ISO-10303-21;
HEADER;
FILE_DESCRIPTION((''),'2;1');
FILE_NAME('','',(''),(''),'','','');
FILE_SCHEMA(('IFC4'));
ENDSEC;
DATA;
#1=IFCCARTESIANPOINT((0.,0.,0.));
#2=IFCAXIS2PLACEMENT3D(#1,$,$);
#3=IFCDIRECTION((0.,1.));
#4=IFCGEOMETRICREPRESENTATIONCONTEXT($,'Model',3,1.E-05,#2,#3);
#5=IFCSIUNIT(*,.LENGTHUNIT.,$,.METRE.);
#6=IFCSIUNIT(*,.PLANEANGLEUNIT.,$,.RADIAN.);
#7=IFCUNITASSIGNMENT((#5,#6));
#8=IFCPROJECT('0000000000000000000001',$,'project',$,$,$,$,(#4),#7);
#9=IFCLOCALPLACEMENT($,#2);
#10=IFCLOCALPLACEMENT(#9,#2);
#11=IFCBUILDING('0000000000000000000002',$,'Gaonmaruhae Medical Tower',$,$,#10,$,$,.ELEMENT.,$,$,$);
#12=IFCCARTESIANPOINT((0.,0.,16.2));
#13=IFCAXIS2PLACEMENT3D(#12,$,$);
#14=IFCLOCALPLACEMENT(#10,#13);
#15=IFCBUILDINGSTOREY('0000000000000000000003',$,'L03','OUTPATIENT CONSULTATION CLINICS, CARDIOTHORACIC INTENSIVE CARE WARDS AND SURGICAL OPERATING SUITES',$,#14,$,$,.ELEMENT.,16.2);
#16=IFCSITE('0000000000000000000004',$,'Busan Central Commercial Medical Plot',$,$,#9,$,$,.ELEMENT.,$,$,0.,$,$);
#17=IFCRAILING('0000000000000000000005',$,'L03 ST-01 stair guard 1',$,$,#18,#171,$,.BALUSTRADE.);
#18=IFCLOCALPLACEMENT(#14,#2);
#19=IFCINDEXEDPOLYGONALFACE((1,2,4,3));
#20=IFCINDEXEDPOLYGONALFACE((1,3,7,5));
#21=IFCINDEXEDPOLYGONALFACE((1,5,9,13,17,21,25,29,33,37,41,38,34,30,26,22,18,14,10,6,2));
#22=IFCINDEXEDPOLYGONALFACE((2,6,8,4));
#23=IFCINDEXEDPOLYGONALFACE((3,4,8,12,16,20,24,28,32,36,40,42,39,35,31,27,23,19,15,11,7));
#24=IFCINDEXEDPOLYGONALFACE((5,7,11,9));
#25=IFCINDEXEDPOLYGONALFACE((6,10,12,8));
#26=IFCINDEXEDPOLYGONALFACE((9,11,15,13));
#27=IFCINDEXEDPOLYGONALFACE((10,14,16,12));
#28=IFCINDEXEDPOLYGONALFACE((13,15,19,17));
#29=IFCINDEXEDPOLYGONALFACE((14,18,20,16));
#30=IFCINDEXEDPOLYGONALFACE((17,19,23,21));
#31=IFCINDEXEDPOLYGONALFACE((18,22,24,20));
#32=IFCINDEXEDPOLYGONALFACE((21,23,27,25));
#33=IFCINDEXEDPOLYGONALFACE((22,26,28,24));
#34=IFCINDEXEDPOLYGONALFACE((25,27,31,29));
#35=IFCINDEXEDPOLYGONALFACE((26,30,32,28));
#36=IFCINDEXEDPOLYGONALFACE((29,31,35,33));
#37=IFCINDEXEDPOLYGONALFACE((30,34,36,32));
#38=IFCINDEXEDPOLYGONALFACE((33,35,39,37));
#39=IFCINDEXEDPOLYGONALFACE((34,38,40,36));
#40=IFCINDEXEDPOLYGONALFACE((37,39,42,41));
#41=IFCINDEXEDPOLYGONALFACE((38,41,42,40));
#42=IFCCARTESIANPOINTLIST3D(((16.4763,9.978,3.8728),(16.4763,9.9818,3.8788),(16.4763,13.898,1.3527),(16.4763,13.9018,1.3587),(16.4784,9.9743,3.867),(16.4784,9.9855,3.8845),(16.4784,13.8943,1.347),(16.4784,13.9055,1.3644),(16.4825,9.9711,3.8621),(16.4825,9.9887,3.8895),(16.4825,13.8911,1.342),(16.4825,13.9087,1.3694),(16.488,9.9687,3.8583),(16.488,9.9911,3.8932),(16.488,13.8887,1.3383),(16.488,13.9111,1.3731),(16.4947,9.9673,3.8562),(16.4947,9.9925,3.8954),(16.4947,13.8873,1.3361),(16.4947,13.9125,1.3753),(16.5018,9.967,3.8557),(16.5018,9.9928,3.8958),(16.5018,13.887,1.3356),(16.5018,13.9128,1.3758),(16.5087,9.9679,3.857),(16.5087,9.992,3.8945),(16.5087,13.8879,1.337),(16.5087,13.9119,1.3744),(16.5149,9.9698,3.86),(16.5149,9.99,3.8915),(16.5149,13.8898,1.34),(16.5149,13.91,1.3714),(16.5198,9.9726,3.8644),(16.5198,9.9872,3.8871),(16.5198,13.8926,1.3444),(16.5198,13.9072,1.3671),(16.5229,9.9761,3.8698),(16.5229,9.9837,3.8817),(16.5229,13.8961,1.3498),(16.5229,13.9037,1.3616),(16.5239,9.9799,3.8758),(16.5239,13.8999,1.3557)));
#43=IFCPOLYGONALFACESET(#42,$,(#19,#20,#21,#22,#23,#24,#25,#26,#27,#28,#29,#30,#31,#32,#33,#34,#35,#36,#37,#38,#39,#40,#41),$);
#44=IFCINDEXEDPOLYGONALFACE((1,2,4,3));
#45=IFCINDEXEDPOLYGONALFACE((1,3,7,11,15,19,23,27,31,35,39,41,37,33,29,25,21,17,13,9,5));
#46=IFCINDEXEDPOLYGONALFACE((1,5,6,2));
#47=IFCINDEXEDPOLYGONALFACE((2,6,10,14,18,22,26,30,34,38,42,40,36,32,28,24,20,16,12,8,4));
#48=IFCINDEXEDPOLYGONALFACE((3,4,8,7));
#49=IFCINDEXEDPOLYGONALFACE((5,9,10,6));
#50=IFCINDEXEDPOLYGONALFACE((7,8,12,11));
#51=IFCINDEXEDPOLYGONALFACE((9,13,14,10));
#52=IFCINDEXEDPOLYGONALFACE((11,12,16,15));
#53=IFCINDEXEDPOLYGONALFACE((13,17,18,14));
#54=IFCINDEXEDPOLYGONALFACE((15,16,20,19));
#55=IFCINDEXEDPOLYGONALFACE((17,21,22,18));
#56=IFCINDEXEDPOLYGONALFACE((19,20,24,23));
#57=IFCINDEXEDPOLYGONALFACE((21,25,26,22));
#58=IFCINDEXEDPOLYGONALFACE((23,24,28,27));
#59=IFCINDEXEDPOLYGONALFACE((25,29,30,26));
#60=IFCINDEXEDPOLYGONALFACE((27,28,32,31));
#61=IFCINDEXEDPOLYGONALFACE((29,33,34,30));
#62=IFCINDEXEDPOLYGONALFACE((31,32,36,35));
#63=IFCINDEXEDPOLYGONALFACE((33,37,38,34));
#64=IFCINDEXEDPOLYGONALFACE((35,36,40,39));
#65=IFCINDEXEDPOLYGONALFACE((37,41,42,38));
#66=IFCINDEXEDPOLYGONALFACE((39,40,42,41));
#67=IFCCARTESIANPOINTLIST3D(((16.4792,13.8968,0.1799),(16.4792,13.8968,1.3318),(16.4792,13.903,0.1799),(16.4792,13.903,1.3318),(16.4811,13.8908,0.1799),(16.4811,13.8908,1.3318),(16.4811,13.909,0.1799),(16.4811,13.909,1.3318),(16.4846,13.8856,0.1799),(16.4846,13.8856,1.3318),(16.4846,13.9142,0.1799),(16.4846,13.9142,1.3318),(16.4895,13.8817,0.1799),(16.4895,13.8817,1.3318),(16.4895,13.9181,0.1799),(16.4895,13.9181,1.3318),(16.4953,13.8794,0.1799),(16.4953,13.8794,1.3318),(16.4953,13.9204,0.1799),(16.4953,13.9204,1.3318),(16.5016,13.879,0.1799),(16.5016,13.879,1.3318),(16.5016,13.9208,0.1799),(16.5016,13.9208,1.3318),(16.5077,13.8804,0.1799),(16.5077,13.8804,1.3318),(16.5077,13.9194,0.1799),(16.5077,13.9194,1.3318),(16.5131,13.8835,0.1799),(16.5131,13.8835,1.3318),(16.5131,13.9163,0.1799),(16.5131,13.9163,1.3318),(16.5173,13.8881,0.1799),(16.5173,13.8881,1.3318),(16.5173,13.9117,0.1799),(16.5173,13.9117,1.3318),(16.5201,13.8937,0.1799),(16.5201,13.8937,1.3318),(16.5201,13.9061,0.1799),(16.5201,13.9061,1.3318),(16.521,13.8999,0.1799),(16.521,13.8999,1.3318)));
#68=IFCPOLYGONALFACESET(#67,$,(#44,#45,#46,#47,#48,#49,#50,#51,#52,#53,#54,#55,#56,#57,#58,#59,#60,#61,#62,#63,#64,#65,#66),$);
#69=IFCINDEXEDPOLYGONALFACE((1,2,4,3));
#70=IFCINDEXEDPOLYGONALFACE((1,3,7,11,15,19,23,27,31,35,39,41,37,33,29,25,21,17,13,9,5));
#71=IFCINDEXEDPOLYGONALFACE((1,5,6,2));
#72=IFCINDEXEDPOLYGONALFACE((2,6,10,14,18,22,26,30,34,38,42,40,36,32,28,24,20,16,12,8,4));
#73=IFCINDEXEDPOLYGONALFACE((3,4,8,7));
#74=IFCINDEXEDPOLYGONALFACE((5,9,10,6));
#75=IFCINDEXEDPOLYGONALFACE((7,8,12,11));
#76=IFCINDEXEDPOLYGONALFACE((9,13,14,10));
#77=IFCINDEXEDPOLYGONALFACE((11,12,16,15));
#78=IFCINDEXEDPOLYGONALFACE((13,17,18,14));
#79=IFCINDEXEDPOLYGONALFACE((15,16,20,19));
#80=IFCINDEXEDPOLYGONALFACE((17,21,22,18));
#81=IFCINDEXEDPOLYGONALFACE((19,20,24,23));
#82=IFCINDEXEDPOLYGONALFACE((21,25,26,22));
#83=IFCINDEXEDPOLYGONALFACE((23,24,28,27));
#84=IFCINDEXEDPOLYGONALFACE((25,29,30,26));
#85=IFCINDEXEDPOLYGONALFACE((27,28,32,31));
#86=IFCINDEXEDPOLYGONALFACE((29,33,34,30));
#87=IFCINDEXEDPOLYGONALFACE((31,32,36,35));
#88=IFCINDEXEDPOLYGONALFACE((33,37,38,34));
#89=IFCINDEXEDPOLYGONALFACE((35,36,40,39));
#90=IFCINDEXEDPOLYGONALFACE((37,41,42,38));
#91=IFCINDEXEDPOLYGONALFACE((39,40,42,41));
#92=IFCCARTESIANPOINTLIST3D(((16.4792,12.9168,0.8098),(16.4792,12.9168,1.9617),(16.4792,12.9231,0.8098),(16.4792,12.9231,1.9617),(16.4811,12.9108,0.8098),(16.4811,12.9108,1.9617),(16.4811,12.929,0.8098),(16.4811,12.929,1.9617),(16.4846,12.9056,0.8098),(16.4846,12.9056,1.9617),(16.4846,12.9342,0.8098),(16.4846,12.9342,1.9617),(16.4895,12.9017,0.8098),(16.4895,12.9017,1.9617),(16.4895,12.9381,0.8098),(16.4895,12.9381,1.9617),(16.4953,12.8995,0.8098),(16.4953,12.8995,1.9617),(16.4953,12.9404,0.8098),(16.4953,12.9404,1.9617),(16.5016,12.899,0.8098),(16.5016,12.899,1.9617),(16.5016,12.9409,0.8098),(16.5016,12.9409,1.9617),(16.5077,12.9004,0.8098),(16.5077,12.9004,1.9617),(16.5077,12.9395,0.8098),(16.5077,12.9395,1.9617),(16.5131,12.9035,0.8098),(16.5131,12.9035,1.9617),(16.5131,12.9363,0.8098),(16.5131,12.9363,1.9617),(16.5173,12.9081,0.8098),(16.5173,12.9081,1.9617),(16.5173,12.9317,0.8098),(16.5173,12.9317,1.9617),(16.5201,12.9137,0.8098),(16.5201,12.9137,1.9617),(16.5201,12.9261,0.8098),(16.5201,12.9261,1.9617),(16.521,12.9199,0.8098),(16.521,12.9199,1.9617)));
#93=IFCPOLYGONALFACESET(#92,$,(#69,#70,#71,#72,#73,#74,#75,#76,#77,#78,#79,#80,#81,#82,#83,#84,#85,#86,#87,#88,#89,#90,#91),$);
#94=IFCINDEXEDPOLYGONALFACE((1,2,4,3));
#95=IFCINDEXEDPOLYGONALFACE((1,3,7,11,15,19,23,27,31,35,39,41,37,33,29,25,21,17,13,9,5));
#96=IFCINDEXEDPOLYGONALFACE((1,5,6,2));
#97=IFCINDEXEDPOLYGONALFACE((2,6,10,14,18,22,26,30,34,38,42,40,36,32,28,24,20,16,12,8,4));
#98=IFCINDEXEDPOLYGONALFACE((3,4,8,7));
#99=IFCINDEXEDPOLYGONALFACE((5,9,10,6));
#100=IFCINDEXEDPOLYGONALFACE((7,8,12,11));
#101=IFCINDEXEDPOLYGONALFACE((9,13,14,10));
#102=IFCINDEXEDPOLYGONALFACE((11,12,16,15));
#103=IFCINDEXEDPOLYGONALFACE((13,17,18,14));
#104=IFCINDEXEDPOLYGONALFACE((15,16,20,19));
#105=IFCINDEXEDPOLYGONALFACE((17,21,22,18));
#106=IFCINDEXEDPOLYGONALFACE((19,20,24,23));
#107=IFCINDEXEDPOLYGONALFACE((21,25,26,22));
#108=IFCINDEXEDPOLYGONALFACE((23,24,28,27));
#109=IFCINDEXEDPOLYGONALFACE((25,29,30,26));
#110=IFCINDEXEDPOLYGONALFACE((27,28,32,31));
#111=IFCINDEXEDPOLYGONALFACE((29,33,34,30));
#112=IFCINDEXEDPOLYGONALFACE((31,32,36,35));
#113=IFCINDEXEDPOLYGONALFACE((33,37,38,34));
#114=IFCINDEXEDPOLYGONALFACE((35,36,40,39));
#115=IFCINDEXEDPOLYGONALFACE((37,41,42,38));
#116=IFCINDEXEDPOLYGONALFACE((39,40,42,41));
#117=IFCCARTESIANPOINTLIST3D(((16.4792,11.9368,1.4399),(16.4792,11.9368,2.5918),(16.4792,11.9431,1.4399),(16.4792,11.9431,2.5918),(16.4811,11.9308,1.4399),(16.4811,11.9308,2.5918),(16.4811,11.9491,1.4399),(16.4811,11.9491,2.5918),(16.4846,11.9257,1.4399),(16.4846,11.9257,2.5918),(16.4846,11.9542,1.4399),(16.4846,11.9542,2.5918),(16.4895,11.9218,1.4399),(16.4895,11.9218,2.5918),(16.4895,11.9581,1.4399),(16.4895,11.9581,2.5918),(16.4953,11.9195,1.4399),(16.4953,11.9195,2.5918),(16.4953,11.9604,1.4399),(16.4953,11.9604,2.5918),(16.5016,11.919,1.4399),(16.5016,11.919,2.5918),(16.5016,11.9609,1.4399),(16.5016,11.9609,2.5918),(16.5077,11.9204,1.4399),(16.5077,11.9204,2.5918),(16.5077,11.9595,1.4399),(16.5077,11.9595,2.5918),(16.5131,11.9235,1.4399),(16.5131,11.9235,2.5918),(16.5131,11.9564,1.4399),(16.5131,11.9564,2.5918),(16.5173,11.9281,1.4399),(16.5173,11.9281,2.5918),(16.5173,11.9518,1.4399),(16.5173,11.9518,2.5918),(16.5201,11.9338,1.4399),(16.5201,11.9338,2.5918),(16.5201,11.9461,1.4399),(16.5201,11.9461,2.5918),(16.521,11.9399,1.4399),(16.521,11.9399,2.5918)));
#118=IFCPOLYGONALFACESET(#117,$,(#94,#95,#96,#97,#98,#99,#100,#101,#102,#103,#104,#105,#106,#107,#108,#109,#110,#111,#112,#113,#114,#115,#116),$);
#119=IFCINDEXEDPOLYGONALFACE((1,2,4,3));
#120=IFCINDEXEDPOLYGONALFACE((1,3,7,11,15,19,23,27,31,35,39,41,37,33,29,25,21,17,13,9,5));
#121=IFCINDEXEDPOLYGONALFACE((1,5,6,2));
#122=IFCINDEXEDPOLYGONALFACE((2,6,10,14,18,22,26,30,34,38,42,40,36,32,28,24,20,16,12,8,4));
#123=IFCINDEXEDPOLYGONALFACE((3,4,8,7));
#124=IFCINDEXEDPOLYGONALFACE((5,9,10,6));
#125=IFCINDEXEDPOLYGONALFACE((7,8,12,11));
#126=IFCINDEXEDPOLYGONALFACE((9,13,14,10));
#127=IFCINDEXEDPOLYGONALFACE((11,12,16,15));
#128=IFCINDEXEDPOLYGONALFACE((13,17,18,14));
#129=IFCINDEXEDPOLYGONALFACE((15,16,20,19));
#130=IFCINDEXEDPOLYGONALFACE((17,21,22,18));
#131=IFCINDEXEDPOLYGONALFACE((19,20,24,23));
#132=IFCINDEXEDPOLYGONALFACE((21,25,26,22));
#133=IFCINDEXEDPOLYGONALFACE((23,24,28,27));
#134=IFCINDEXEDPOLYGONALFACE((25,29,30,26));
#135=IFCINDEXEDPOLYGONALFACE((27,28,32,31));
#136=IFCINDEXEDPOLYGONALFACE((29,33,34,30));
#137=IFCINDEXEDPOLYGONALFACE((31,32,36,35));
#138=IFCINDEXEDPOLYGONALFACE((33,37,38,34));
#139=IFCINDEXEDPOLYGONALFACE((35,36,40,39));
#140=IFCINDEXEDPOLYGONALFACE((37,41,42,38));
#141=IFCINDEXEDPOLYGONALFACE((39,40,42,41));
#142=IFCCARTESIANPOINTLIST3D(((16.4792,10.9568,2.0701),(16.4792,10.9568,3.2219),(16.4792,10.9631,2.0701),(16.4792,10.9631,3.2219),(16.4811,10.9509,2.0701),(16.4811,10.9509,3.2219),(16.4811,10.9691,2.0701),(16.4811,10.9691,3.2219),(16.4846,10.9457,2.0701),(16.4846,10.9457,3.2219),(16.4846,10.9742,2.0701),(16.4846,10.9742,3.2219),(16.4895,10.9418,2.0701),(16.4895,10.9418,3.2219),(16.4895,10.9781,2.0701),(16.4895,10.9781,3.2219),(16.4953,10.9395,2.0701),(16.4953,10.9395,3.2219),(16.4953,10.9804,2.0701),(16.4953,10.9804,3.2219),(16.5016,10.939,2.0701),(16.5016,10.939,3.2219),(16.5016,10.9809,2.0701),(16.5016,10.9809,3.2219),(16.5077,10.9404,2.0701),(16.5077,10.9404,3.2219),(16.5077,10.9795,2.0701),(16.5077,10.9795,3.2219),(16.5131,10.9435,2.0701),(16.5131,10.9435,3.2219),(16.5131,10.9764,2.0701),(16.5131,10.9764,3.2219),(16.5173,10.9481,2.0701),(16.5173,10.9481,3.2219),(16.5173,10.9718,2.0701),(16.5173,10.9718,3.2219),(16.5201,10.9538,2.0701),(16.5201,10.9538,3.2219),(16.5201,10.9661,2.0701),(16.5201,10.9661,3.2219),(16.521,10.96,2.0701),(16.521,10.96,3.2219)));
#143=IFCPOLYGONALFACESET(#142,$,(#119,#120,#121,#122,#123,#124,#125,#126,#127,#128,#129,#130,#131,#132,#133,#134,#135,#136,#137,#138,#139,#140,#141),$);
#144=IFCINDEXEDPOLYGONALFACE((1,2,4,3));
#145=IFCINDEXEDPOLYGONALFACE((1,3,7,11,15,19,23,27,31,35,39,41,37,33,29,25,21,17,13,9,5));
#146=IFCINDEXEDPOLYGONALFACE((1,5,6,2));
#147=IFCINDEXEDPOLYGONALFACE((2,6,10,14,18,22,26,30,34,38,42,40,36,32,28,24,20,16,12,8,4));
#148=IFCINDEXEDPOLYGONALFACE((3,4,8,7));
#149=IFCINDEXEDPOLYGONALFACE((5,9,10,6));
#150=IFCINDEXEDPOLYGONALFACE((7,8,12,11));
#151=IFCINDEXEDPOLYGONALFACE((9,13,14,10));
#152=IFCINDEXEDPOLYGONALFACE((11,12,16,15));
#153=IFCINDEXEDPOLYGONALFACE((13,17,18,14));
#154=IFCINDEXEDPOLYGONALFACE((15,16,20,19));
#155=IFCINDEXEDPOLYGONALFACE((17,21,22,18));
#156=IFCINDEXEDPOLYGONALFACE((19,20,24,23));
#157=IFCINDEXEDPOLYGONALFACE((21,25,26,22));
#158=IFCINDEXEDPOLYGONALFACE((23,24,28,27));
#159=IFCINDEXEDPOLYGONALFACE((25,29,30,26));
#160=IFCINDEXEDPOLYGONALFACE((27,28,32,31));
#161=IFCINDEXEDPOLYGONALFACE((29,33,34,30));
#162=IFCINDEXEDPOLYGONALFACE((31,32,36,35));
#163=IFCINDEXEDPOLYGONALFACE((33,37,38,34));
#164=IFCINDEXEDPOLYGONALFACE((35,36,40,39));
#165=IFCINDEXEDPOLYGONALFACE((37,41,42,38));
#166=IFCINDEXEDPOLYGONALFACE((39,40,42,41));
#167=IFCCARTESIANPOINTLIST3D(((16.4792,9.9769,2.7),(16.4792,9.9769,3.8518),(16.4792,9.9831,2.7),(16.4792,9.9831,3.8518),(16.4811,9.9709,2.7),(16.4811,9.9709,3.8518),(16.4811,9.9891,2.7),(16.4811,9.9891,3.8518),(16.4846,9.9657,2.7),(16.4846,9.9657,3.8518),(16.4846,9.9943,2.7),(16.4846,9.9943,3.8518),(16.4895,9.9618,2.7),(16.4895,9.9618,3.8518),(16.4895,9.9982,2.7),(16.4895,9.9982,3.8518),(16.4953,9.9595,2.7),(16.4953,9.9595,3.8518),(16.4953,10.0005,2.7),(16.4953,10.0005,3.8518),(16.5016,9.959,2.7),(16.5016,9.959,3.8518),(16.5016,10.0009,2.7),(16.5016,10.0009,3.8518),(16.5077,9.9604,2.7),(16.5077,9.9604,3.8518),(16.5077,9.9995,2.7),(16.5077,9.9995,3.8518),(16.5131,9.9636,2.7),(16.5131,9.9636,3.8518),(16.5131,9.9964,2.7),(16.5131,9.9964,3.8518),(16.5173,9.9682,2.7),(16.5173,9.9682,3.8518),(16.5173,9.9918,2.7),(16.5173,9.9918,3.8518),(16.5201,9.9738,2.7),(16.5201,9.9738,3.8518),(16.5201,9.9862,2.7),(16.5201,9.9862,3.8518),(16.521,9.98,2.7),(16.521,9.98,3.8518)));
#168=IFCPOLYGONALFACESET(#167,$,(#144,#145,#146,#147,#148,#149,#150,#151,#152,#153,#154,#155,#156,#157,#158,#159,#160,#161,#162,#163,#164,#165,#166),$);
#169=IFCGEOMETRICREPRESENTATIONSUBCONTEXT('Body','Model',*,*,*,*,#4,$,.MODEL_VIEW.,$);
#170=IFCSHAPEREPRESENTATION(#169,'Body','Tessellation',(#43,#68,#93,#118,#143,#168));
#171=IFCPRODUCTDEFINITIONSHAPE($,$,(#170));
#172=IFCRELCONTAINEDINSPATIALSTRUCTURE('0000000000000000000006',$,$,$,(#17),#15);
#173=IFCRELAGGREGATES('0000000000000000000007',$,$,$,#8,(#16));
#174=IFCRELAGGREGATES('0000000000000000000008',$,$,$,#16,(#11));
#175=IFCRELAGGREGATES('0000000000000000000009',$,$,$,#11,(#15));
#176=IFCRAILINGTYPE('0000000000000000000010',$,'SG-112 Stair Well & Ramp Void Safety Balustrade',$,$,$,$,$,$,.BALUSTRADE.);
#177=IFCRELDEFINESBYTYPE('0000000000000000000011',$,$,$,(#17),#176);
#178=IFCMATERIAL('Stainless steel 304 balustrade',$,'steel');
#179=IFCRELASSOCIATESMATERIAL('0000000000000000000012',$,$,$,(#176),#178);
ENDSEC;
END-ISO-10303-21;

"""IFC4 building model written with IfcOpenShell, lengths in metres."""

from ifc_helpers import new_model, si_unit, direction, frame, origin, origin_2d, place, context, subcontext, project, spatial, circle, extrude, material, type_object, element, save


model = new_model("IFC4")

# Units and contexts
model_context = context("Model", 3, precision=1e-05, world=origin(), true_north=direction((0.0, 1.0)))
body_context = subcontext(model_context, "Body", "Model", "MODEL_VIEW")
ifc_project = project(units=[si_unit("LENGTHUNIT", "METRE"), si_unit("PLANEANGLEUNIT", "RADIAN")], contexts=[model_context])

# Site, building, storey
site_placement = place(None, origin())
site = spatial("IfcSite", under=ifc_project, at=site_placement, Name="Busan Central Commercial Medical Plot", CompositionType="ELEMENT", RefElevation=0.0)
building_placement = place(site_placement, origin())
building = spatial("IfcBuilding", under=site, at=building_placement, Name="Gaonmaruhae Medical Tower", CompositionType="ELEMENT")
storey_placement = place(building_placement, frame((0.0, 0.0, 16.2)))
storey = spatial("IfcBuildingStorey", under=building, at=storey_placement, Name="L03", Description="OUTPATIENT CONSULTATION CLINICS, CARDIOTHORACIC INTENSIVE CARE WARDS AND SURGICAL OPERATING SUITES", CompositionType="ELEMENT", Elevation=16.2)

# Railing
ifc_material_1 = material(Name="Stainless steel 304 balustrade", Category="steel")
railing_type_1 = type_object("IfcRailingType", Name="SG-112 Stair Well & Ramp Void Safety Balustrade", PredefinedType="BALUSTRADE", material=ifc_material_1)
railing_1_placement = place(storey_placement, frame((16.5, 13.8999, 0.1799)))
element("IfcRailing", 1, at=railing_1_placement, inside=storey, type_object=railing_type_1, Name="L03 ST-01 stair guard 1", PredefinedType="BALUSTRADE", context=body_context, shape_type="SweptSolid", body=[
    extrude(circle(Radius=0.0239, at=origin_2d()), frame((0.0, 0.0, 1.1758), z_axis=(0.0, -0.841172, 0.540768), x_axis=(1.0, 0.0, 0.0)), (0.0, 0.0, 1.0), 4.6602),
    extrude(circle(Radius=0.021, at=origin_2d()), origin(), (0.0, 0.0, 1.0), 1.1519),
    extrude(circle(Radius=0.021, at=origin_2d()), frame((0.0, -0.98, 0.6299)), (0.0, 0.0, 1.0), 1.1519),
    extrude(circle(Radius=0.021, at=origin_2d()), frame((0.0, -1.96, 1.26)), (0.0, 0.0, 1.0), 1.1519),
    extrude(circle(Radius=0.021, at=origin_2d()), frame((0.0, -2.9399, 1.8901)), (0.0, 0.0, 1.0), 1.1519),
    extrude(circle(Radius=0.021, at=origin_2d()), frame((0.0, -3.9199, 2.52)), (0.0, 0.0, 1.0), 1.1519),
])

save(model, "model.ifc")
